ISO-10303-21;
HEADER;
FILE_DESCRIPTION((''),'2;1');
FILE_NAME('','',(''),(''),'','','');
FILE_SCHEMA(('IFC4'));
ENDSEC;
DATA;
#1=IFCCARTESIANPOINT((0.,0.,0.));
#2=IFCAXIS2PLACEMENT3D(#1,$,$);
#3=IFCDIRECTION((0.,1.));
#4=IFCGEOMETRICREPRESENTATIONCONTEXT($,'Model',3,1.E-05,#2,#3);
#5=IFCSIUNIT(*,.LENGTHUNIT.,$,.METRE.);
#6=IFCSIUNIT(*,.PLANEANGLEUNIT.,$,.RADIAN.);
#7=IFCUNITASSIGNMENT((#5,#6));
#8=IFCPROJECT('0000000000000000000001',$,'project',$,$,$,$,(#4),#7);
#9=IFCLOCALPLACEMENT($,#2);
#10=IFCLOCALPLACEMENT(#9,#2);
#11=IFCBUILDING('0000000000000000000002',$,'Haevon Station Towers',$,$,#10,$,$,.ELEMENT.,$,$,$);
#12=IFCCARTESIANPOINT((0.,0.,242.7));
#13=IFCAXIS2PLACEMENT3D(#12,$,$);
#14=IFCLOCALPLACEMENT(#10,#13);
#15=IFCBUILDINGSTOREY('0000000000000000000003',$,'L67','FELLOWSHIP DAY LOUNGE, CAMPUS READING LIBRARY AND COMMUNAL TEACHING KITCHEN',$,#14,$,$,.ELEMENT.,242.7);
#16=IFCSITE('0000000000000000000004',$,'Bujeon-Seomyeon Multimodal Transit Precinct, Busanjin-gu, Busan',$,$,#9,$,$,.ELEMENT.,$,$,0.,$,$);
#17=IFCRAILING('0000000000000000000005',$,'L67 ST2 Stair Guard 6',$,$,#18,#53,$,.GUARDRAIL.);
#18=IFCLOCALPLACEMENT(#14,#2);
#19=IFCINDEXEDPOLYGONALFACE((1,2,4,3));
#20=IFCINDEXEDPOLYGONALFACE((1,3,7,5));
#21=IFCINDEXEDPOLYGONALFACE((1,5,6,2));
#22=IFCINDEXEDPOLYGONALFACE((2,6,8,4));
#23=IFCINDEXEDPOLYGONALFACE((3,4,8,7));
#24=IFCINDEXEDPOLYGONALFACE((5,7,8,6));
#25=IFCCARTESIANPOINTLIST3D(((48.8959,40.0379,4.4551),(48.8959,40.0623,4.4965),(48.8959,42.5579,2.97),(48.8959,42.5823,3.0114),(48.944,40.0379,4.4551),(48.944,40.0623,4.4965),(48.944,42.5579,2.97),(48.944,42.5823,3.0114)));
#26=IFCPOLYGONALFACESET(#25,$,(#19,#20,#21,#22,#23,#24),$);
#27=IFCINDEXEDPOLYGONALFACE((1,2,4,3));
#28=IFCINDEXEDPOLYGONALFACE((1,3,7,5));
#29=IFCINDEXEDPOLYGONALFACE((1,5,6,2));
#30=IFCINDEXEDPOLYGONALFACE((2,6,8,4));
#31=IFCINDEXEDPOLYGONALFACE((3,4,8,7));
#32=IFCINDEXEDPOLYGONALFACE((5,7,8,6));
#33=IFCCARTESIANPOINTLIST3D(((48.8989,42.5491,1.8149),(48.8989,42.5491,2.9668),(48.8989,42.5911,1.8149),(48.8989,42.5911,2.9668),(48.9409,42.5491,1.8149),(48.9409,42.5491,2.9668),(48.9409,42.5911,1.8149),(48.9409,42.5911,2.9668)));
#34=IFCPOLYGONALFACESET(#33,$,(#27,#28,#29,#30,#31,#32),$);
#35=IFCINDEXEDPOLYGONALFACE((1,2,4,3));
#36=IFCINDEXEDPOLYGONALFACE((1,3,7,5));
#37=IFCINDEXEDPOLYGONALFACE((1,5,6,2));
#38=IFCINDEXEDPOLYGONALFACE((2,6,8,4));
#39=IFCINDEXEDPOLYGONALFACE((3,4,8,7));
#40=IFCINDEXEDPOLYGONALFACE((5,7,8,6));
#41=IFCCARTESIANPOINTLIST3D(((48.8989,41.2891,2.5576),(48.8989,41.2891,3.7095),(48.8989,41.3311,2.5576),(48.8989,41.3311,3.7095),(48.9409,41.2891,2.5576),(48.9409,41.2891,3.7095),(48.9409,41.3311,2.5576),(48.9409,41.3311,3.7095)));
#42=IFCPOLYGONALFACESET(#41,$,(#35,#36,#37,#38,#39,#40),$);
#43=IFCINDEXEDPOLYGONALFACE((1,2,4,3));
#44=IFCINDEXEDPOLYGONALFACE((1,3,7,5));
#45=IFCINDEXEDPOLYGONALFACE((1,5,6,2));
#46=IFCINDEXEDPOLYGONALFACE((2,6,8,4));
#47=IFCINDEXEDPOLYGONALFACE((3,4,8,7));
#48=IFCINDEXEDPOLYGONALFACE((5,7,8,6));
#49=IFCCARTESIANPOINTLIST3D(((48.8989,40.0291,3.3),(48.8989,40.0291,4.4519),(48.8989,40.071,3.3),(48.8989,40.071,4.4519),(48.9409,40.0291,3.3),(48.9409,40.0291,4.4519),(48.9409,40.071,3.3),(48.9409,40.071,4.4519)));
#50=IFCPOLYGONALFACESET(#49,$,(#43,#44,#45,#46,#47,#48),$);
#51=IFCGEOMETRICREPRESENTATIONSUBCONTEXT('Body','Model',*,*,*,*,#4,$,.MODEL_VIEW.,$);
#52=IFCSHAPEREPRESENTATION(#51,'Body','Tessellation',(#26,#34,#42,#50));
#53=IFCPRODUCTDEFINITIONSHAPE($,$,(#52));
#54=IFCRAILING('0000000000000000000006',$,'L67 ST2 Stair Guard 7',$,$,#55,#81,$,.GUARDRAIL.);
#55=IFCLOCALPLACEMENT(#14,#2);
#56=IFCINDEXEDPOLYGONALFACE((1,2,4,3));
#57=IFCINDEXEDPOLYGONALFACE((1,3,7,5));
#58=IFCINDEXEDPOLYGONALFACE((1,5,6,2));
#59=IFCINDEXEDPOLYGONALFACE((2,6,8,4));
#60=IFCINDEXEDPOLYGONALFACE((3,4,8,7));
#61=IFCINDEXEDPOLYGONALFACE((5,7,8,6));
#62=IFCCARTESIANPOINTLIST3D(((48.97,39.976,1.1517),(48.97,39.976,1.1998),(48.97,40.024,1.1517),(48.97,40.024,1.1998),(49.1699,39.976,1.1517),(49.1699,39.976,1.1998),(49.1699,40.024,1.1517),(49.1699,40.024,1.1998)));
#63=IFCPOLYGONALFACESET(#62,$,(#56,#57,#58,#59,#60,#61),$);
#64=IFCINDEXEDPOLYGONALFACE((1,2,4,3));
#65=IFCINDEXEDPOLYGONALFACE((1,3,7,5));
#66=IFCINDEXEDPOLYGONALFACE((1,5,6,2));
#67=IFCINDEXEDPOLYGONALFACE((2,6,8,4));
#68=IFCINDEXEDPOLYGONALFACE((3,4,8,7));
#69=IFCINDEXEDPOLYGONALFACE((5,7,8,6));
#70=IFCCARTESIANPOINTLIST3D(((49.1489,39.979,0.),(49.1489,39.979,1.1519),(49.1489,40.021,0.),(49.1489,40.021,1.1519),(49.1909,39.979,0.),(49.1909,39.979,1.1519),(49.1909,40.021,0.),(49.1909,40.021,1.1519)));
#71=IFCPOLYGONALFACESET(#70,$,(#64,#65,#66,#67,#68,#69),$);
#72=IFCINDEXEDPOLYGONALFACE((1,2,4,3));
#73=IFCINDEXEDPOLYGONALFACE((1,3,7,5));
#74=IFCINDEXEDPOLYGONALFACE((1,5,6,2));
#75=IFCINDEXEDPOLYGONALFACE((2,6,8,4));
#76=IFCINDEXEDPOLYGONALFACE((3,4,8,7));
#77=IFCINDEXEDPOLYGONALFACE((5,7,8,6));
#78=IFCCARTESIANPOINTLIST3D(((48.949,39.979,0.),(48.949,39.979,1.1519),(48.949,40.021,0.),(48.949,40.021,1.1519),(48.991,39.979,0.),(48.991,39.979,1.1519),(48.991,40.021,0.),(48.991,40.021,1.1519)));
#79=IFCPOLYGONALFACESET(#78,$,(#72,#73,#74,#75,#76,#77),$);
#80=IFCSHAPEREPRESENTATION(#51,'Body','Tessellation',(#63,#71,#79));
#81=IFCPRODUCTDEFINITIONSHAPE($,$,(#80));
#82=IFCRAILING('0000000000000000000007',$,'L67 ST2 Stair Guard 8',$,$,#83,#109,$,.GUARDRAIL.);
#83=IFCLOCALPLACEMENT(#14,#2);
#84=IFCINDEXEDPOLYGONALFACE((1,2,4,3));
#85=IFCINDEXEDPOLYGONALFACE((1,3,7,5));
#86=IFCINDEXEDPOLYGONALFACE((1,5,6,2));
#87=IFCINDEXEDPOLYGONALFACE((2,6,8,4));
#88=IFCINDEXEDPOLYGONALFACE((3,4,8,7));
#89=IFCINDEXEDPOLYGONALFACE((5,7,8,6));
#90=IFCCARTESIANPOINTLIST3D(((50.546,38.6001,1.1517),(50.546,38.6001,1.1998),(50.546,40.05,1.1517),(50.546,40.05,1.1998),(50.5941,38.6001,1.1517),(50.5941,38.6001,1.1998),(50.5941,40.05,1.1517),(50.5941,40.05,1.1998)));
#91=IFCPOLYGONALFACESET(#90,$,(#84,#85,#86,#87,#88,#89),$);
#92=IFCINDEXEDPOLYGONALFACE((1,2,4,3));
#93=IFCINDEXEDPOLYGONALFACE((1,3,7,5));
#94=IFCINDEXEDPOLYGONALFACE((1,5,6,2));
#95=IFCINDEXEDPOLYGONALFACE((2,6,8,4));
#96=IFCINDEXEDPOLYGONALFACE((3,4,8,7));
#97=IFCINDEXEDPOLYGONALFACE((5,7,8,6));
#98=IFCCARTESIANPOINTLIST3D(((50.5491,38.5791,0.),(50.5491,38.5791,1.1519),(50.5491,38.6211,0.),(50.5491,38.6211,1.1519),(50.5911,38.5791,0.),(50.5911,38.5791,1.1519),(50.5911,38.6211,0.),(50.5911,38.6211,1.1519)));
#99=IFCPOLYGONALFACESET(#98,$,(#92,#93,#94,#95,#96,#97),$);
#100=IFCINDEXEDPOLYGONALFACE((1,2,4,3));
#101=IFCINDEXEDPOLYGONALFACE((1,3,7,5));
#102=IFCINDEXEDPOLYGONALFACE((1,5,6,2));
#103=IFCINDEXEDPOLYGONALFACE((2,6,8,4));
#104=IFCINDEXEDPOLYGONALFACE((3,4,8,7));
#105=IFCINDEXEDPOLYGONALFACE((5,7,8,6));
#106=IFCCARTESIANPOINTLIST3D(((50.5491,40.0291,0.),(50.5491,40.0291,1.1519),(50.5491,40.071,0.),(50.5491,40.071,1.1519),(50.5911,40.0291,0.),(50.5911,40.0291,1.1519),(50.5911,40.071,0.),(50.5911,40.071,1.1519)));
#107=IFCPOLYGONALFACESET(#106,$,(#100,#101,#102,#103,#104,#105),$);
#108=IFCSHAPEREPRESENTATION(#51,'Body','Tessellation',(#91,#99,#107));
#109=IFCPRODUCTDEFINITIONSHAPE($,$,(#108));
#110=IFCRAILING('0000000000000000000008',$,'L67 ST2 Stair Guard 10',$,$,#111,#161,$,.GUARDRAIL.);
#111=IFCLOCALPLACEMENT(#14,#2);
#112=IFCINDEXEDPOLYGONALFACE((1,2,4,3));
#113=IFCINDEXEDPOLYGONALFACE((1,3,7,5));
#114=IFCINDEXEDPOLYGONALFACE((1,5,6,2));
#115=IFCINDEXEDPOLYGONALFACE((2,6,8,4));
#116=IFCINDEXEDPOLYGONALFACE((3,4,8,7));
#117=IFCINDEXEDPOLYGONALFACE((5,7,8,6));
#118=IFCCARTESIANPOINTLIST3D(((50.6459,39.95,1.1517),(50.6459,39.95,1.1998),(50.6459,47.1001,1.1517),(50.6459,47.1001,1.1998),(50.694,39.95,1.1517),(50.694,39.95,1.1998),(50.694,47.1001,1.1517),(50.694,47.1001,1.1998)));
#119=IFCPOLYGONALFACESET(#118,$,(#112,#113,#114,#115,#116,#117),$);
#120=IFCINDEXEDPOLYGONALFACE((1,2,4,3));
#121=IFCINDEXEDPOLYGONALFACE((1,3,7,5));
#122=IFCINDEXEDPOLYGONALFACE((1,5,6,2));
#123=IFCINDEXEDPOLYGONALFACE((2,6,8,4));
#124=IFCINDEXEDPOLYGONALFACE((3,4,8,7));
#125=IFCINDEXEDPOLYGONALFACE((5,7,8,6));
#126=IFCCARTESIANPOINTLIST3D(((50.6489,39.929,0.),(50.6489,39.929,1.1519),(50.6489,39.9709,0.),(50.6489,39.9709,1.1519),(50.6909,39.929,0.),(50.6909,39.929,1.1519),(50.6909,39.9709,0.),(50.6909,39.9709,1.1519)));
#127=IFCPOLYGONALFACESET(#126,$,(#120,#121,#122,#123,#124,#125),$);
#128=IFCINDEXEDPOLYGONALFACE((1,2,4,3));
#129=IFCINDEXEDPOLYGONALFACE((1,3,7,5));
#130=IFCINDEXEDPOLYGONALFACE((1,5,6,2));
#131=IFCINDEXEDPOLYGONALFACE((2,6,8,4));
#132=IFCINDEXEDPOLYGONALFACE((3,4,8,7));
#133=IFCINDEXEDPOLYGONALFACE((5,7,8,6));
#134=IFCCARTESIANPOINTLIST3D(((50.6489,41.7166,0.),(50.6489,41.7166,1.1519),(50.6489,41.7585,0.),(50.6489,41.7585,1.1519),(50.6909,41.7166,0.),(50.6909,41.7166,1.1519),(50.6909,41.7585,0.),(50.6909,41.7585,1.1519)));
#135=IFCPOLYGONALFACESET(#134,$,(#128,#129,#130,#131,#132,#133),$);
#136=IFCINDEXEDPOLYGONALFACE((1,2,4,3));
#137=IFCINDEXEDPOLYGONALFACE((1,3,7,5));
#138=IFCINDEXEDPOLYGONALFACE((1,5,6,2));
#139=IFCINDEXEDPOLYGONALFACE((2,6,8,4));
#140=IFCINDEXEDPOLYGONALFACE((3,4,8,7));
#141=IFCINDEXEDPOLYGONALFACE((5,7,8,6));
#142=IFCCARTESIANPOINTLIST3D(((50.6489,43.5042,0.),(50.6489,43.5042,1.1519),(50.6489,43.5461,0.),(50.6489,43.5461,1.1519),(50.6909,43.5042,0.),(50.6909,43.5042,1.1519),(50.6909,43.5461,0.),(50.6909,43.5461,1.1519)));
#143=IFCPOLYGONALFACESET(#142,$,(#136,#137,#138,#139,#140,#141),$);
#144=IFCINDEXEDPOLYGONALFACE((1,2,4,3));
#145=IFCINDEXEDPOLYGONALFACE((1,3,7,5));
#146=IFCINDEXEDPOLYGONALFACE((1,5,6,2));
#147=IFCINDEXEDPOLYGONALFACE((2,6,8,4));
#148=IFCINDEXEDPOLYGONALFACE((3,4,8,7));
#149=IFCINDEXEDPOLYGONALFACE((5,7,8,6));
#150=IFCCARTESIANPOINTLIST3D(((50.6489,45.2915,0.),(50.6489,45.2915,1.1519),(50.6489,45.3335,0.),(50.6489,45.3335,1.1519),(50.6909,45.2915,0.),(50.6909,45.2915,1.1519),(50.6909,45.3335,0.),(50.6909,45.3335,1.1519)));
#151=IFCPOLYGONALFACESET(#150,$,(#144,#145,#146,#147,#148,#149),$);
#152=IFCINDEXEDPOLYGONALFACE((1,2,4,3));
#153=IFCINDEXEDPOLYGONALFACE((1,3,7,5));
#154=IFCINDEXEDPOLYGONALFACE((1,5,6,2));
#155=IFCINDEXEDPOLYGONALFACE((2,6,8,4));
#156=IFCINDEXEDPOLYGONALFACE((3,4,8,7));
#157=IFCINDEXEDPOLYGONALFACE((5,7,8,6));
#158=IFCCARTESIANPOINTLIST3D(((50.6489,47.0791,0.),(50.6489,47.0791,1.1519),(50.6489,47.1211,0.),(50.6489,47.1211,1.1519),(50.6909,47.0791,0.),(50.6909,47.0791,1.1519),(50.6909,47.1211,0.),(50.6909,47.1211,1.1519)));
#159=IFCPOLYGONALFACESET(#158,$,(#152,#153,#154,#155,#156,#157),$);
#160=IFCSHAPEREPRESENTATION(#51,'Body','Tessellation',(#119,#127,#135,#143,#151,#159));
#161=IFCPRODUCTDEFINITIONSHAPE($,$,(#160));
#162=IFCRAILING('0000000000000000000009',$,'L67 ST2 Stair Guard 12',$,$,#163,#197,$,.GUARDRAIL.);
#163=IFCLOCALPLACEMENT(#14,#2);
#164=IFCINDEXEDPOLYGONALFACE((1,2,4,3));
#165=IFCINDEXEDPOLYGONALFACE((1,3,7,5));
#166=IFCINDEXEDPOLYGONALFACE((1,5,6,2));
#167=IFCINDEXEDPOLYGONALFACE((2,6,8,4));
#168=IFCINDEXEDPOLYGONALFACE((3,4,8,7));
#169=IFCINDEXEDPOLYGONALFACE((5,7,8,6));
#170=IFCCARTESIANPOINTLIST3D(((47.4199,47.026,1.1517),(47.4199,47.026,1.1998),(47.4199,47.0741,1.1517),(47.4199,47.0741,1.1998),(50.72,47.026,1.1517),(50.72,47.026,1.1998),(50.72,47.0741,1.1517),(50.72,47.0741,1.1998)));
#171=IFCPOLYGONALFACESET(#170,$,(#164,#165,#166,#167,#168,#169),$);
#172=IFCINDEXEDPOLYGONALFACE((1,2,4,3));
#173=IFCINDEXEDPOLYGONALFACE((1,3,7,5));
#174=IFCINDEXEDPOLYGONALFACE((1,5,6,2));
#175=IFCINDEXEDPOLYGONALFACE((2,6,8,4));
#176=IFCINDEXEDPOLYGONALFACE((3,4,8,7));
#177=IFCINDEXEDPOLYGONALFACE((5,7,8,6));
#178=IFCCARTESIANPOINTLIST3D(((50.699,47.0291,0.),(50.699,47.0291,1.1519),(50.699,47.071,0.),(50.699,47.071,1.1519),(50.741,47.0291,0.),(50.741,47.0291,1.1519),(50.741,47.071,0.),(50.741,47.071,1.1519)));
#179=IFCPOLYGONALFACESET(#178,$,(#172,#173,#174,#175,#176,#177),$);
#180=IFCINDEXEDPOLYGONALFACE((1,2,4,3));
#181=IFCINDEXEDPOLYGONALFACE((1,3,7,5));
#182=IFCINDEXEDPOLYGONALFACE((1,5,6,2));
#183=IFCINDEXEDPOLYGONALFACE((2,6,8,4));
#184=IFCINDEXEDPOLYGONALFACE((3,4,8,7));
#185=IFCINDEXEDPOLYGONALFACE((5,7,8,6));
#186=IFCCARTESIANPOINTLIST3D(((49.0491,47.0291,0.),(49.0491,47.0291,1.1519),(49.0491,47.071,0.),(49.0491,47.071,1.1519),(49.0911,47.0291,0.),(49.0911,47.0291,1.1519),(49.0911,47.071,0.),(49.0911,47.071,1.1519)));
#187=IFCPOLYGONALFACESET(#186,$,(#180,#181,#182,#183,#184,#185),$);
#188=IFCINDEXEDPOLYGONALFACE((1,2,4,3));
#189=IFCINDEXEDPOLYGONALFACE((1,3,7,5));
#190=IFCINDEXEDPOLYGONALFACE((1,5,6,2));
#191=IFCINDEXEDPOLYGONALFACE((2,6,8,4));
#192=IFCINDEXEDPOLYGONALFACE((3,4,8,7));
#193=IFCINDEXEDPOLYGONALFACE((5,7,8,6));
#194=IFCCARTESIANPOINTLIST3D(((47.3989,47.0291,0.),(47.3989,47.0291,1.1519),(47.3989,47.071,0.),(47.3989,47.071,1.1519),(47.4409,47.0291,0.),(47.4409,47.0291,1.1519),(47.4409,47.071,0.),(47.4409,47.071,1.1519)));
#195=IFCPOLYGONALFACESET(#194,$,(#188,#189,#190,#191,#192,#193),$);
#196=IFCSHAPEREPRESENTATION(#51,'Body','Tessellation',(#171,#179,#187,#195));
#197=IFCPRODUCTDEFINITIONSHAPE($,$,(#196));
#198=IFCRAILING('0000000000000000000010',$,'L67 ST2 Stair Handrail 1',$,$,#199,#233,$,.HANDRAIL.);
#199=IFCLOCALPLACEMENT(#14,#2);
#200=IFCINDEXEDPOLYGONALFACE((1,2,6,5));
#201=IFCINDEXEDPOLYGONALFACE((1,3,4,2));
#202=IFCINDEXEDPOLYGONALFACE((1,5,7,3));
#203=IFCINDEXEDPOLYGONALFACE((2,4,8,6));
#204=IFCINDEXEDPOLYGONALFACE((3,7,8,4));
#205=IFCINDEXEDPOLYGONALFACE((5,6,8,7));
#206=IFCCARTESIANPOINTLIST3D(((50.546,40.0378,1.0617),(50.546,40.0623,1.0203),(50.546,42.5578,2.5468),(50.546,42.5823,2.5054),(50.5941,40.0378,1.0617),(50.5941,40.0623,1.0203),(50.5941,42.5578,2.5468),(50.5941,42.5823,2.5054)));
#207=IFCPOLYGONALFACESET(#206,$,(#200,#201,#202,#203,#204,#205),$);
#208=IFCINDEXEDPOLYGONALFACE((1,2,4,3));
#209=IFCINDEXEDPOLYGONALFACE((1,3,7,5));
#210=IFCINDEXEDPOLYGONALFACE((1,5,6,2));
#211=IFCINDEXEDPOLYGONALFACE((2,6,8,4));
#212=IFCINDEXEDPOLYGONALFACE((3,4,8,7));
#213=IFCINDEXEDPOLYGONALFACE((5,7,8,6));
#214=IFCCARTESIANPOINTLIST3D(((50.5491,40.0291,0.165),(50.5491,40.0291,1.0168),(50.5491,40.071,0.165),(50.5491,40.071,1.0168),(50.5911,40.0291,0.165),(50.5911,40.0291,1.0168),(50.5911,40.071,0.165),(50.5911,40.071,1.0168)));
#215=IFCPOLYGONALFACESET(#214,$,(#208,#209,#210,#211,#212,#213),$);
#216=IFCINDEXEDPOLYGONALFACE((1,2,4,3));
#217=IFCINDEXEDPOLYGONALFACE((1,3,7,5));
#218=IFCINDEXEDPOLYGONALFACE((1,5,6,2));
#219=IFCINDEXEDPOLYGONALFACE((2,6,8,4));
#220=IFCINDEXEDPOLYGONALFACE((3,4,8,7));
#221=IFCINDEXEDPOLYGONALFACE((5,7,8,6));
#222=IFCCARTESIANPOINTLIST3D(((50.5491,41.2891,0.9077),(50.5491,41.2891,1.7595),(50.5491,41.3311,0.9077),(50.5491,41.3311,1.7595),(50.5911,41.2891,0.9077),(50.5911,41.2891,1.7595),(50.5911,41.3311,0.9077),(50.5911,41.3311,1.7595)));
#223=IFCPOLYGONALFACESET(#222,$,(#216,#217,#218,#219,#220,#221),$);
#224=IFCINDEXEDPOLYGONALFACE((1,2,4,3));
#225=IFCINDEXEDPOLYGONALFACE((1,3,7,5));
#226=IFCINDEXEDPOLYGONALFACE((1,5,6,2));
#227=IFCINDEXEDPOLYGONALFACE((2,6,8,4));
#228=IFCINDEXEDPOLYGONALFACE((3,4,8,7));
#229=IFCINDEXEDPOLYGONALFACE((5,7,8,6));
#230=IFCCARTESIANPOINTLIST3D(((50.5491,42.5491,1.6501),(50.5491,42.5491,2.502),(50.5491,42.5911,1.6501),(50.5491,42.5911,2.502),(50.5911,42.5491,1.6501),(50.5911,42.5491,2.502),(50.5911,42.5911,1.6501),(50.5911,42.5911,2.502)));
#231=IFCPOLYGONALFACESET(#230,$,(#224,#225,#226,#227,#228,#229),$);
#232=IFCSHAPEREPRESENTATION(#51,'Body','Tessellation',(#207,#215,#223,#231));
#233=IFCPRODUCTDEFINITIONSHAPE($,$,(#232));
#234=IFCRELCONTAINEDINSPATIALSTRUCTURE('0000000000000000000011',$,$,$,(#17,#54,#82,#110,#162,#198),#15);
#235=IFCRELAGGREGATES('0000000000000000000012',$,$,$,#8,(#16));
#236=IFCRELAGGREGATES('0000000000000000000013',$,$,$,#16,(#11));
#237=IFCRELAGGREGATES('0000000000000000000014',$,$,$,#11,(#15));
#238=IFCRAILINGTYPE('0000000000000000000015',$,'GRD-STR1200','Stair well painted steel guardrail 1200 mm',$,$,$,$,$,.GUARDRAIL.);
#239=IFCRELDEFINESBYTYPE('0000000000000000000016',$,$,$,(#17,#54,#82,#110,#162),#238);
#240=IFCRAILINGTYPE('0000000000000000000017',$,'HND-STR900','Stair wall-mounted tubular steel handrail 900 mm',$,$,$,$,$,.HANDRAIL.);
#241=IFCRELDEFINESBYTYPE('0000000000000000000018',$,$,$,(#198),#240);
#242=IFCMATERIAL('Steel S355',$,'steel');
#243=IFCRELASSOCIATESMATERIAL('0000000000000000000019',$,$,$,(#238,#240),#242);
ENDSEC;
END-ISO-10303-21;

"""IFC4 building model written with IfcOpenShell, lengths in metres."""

from ifc_helpers import new_model, si_unit, direction, frame, origin, origin_2d, place, context, subcontext, project, spatial, rectangle, extrude, material, type_object, element, save


model = new_model("IFC4")

# Units and contexts
model_context = context("Model", 3, precision=1e-05, world=origin(), true_north=direction((0.0, 1.0)))
body_context = subcontext(model_context, "Body", "Model", "MODEL_VIEW")
ifc_project = project(units=[si_unit("LENGTHUNIT", "METRE"), si_unit("PLANEANGLEUNIT", "RADIAN")], contexts=[model_context])

# Site, building, storey
site_placement = place(None, origin())
site = spatial("IfcSite", under=ifc_project, at=site_placement, Name="Bujeon-Seomyeon Multimodal Transit Precinct, Busanjin-gu, Busan", CompositionType="ELEMENT", RefElevation=0.0)
building_placement = place(site_placement, origin())
building = spatial("IfcBuilding", under=site, at=building_placement, Name="Haevon Station Towers", CompositionType="ELEMENT")
storey_placement = place(building_placement, frame((0.0, 0.0, 242.7)))
storey = spatial("IfcBuildingStorey", under=building, at=storey_placement, Name="L67", Description="FELLOWSHIP DAY LOUNGE, CAMPUS READING LIBRARY AND COMMUNAL TEACHING KITCHEN", CompositionType="ELEMENT", Elevation=242.7)

# Shared definitions
ifc_material_1 = material(Name="Steel S355", Category="steel")

# Railings
railing_type_1 = type_object("IfcRailingType", Name="GRD-STR1200", Description="Stair well painted steel guardrail 1200 mm", PredefinedType="GUARDRAIL", material=ifc_material_1)
railing_1_placement = place(storey_placement, frame((48.9199, 42.5701, 1.8149)))
element("IfcRailing", 1, at=railing_1_placement, inside=storey, type_object=railing_type_1, Name="L67 ST2 Stair Guard 6", PredefinedType="GUARDRAIL", context=body_context, shape_type="SweptSolid", body=[
    extrude(rectangle(XDim=0.0481, YDim=0.0481, at=origin_2d()), frame((0.0, 0.0, 1.1758), z_axis=(0.0, -0.861524, 0.507717), x_axis=(1.0, 0.0, 0.0)), (0.0, 0.0, 1.0), 2.925),
    extrude(rectangle(XDim=0.042, YDim=0.042, at=origin_2d()), origin(), (0.0, 0.0, 1.0), 1.1519),
    extrude(rectangle(XDim=0.042, YDim=0.042, at=origin_2d()), frame((0.0, -1.26, 0.7427)), (0.0, 0.0, 1.0), 1.1519),
    extrude(rectangle(XDim=0.042, YDim=0.042, at=origin_2d()), frame((0.0, -2.52, 1.4851)), (0.0, 0.0, 1.0), 1.1519),
])
railing_2_placement = place(storey_placement, frame((49.1699, 40.0, 0.0)))
element("IfcRailing", 2, at=railing_2_placement, inside=storey, type_object=railing_type_1, Name="L67 ST2 Stair Guard 7", PredefinedType="GUARDRAIL", context=body_context, shape_type="SweptSolid", body=[
    extrude(rectangle(XDim=0.0481, YDim=0.0481, at=origin_2d()), frame((0.0, 0.0, 1.1758), z_axis=(-1.0, 0.0, 0.0), x_axis=(0.0, -1.0, 0.0)), (0.0, 0.0, 1.0), 0.2),
    extrude(rectangle(XDim=0.042, YDim=0.042, at=origin_2d()), origin(), (0.0, 0.0, 1.0), 1.1519),
    extrude(rectangle(XDim=0.042, YDim=0.042, at=origin_2d()), frame((-0.2, 0.0, 0.0)), (0.0, 0.0, 1.0), 1.1519),
])
railing_3_placement = place(storey_placement, frame((50.5701, 38.6001, 0.0)))
element("IfcRailing", 3, at=railing_3_placement, inside=storey, type_object=railing_type_1, Name="L67 ST2 Stair Guard 8", PredefinedType="GUARDRAIL", context=body_context, shape_type="SweptSolid", body=[
    extrude(rectangle(XDim=0.0481, YDim=0.0481, at=origin_2d()), frame((0.0, 0.0, 1.1758), z_axis=(0.0, 1.0, 0.0), x_axis=(-1.0, 0.0, 0.0)), (0.0, 0.0, 1.0), 1.45),
    extrude(rectangle(XDim=0.042, YDim=0.042, at=origin_2d()), origin(), (0.0, 0.0, 1.0), 1.1519),
    extrude(rectangle(XDim=0.042, YDim=0.042, at=origin_2d()), frame((0.0, 1.45, 0.0)), (0.0, 0.0, 1.0), 1.1519),
])
railing_4_placement = place(storey_placement, frame((50.6699, 39.95, 0.0)))
element("IfcRailing", 4, at=railing_4_placement, inside=storey, type_object=railing_type_1, Name="L67 ST2 Stair Guard 10", PredefinedType="GUARDRAIL", context=body_context, shape_type="SweptSolid", body=[
    extrude(rectangle(XDim=0.0481, YDim=0.0481, at=origin_2d()), frame((0.0, 0.0, 1.1758), z_axis=(0.0, 1.0, 0.0), x_axis=(-1.0, 0.0, 0.0)), (0.0, 0.0, 1.0), 7.1501),
    extrude(rectangle(XDim=0.042, YDim=0.042, at=origin_2d()), origin(), (0.0, 0.0, 1.0), 1.1519),
    extrude(rectangle(XDim=0.042, YDim=0.042, at=origin_2d()), frame((0.0, 1.7876, 0.0)), (0.0, 0.0, 1.0), 1.1519),
    extrude(rectangle(XDim=0.042, YDim=0.042, at=origin_2d()), frame((0.0, 3.5752, 0.0)), (0.0, 0.0, 1.0), 1.1519),
    extrude(rectangle(XDim=0.042, YDim=0.042, at=origin_2d()), frame((0.0, 5.3625, 0.0)), (0.0, 0.0, 1.0), 1.1519),
    extrude(rectangle(XDim=0.042, YDim=0.042, at=origin_2d()), frame((0.0, 7.1501, 0.0)), (0.0, 0.0, 1.0), 1.1519),
])
railing_5_placement = place(storey_placement, frame((50.72, 47.05, 0.0)))
element("IfcRailing", 5, at=railing_5_placement, inside=storey, type_object=railing_type_1, Name="L67 ST2 Stair Guard 12", PredefinedType="GUARDRAIL", context=body_context, shape_type="SweptSolid", body=[
    extrude(rectangle(XDim=0.0481, YDim=0.0481, at=origin_2d()), frame((0.0, 0.0, 1.1758), z_axis=(-1.0, 0.0, 0.0), x_axis=(0.0, -1.0, 0.0)), (0.0, 0.0, 1.0), 3.3),
    extrude(rectangle(XDim=0.042, YDim=0.042, at=origin_2d()), origin(), (0.0, 0.0, 1.0), 1.1519),
    extrude(rectangle(XDim=0.042, YDim=0.042, at=origin_2d()), frame((-1.6499, 0.0, 0.0)), (0.0, 0.0, 1.0), 1.1519),
    extrude(rectangle(XDim=0.042, YDim=0.042, at=origin_2d()), frame((-3.3, 0.0, 0.0)), (0.0, 0.0, 1.0), 1.1519),
])
railing_type_2 = type_object("IfcRailingType", Name="HND-STR900", Description="Stair wall-mounted tubular steel handrail 900 mm", PredefinedType="HANDRAIL", material=ifc_material_1)
railing_6_placement = place(storey_placement, frame((50.5701, 40.05, 0.165)))
element("IfcRailing", 6, at=railing_6_placement, inside=storey, type_object=railing_type_2, Name="L67 ST2 Stair Handrail 1", PredefinedType="HANDRAIL", context=body_context, shape_type="SweptSolid", body=[
    extrude(rectangle(XDim=0.0481, YDim=0.0481, at=origin_2d()), frame((0.0, 0.0, 0.876), z_axis=(0.0, 0.861524, 0.507717), x_axis=(-1.0, 0.0, 0.0)), (0.0, 0.0, 1.0), 2.925),
    extrude(rectangle(XDim=0.042, YDim=0.042, at=origin_2d()), origin(), (0.0, 0.0, 1.0), 0.8518),
    extrude(rectangle(XDim=0.042, YDim=0.042, at=origin_2d()), frame((0.0, 1.26, 0.7427)), (0.0, 0.0, 1.0), 0.8518),
    extrude(rectangle(XDim=0.042, YDim=0.042, at=origin_2d()), frame((0.0, 2.52, 1.4851)), (0.0, 0.0, 1.0), 0.8518),
])

save(model, "model.ifc")
